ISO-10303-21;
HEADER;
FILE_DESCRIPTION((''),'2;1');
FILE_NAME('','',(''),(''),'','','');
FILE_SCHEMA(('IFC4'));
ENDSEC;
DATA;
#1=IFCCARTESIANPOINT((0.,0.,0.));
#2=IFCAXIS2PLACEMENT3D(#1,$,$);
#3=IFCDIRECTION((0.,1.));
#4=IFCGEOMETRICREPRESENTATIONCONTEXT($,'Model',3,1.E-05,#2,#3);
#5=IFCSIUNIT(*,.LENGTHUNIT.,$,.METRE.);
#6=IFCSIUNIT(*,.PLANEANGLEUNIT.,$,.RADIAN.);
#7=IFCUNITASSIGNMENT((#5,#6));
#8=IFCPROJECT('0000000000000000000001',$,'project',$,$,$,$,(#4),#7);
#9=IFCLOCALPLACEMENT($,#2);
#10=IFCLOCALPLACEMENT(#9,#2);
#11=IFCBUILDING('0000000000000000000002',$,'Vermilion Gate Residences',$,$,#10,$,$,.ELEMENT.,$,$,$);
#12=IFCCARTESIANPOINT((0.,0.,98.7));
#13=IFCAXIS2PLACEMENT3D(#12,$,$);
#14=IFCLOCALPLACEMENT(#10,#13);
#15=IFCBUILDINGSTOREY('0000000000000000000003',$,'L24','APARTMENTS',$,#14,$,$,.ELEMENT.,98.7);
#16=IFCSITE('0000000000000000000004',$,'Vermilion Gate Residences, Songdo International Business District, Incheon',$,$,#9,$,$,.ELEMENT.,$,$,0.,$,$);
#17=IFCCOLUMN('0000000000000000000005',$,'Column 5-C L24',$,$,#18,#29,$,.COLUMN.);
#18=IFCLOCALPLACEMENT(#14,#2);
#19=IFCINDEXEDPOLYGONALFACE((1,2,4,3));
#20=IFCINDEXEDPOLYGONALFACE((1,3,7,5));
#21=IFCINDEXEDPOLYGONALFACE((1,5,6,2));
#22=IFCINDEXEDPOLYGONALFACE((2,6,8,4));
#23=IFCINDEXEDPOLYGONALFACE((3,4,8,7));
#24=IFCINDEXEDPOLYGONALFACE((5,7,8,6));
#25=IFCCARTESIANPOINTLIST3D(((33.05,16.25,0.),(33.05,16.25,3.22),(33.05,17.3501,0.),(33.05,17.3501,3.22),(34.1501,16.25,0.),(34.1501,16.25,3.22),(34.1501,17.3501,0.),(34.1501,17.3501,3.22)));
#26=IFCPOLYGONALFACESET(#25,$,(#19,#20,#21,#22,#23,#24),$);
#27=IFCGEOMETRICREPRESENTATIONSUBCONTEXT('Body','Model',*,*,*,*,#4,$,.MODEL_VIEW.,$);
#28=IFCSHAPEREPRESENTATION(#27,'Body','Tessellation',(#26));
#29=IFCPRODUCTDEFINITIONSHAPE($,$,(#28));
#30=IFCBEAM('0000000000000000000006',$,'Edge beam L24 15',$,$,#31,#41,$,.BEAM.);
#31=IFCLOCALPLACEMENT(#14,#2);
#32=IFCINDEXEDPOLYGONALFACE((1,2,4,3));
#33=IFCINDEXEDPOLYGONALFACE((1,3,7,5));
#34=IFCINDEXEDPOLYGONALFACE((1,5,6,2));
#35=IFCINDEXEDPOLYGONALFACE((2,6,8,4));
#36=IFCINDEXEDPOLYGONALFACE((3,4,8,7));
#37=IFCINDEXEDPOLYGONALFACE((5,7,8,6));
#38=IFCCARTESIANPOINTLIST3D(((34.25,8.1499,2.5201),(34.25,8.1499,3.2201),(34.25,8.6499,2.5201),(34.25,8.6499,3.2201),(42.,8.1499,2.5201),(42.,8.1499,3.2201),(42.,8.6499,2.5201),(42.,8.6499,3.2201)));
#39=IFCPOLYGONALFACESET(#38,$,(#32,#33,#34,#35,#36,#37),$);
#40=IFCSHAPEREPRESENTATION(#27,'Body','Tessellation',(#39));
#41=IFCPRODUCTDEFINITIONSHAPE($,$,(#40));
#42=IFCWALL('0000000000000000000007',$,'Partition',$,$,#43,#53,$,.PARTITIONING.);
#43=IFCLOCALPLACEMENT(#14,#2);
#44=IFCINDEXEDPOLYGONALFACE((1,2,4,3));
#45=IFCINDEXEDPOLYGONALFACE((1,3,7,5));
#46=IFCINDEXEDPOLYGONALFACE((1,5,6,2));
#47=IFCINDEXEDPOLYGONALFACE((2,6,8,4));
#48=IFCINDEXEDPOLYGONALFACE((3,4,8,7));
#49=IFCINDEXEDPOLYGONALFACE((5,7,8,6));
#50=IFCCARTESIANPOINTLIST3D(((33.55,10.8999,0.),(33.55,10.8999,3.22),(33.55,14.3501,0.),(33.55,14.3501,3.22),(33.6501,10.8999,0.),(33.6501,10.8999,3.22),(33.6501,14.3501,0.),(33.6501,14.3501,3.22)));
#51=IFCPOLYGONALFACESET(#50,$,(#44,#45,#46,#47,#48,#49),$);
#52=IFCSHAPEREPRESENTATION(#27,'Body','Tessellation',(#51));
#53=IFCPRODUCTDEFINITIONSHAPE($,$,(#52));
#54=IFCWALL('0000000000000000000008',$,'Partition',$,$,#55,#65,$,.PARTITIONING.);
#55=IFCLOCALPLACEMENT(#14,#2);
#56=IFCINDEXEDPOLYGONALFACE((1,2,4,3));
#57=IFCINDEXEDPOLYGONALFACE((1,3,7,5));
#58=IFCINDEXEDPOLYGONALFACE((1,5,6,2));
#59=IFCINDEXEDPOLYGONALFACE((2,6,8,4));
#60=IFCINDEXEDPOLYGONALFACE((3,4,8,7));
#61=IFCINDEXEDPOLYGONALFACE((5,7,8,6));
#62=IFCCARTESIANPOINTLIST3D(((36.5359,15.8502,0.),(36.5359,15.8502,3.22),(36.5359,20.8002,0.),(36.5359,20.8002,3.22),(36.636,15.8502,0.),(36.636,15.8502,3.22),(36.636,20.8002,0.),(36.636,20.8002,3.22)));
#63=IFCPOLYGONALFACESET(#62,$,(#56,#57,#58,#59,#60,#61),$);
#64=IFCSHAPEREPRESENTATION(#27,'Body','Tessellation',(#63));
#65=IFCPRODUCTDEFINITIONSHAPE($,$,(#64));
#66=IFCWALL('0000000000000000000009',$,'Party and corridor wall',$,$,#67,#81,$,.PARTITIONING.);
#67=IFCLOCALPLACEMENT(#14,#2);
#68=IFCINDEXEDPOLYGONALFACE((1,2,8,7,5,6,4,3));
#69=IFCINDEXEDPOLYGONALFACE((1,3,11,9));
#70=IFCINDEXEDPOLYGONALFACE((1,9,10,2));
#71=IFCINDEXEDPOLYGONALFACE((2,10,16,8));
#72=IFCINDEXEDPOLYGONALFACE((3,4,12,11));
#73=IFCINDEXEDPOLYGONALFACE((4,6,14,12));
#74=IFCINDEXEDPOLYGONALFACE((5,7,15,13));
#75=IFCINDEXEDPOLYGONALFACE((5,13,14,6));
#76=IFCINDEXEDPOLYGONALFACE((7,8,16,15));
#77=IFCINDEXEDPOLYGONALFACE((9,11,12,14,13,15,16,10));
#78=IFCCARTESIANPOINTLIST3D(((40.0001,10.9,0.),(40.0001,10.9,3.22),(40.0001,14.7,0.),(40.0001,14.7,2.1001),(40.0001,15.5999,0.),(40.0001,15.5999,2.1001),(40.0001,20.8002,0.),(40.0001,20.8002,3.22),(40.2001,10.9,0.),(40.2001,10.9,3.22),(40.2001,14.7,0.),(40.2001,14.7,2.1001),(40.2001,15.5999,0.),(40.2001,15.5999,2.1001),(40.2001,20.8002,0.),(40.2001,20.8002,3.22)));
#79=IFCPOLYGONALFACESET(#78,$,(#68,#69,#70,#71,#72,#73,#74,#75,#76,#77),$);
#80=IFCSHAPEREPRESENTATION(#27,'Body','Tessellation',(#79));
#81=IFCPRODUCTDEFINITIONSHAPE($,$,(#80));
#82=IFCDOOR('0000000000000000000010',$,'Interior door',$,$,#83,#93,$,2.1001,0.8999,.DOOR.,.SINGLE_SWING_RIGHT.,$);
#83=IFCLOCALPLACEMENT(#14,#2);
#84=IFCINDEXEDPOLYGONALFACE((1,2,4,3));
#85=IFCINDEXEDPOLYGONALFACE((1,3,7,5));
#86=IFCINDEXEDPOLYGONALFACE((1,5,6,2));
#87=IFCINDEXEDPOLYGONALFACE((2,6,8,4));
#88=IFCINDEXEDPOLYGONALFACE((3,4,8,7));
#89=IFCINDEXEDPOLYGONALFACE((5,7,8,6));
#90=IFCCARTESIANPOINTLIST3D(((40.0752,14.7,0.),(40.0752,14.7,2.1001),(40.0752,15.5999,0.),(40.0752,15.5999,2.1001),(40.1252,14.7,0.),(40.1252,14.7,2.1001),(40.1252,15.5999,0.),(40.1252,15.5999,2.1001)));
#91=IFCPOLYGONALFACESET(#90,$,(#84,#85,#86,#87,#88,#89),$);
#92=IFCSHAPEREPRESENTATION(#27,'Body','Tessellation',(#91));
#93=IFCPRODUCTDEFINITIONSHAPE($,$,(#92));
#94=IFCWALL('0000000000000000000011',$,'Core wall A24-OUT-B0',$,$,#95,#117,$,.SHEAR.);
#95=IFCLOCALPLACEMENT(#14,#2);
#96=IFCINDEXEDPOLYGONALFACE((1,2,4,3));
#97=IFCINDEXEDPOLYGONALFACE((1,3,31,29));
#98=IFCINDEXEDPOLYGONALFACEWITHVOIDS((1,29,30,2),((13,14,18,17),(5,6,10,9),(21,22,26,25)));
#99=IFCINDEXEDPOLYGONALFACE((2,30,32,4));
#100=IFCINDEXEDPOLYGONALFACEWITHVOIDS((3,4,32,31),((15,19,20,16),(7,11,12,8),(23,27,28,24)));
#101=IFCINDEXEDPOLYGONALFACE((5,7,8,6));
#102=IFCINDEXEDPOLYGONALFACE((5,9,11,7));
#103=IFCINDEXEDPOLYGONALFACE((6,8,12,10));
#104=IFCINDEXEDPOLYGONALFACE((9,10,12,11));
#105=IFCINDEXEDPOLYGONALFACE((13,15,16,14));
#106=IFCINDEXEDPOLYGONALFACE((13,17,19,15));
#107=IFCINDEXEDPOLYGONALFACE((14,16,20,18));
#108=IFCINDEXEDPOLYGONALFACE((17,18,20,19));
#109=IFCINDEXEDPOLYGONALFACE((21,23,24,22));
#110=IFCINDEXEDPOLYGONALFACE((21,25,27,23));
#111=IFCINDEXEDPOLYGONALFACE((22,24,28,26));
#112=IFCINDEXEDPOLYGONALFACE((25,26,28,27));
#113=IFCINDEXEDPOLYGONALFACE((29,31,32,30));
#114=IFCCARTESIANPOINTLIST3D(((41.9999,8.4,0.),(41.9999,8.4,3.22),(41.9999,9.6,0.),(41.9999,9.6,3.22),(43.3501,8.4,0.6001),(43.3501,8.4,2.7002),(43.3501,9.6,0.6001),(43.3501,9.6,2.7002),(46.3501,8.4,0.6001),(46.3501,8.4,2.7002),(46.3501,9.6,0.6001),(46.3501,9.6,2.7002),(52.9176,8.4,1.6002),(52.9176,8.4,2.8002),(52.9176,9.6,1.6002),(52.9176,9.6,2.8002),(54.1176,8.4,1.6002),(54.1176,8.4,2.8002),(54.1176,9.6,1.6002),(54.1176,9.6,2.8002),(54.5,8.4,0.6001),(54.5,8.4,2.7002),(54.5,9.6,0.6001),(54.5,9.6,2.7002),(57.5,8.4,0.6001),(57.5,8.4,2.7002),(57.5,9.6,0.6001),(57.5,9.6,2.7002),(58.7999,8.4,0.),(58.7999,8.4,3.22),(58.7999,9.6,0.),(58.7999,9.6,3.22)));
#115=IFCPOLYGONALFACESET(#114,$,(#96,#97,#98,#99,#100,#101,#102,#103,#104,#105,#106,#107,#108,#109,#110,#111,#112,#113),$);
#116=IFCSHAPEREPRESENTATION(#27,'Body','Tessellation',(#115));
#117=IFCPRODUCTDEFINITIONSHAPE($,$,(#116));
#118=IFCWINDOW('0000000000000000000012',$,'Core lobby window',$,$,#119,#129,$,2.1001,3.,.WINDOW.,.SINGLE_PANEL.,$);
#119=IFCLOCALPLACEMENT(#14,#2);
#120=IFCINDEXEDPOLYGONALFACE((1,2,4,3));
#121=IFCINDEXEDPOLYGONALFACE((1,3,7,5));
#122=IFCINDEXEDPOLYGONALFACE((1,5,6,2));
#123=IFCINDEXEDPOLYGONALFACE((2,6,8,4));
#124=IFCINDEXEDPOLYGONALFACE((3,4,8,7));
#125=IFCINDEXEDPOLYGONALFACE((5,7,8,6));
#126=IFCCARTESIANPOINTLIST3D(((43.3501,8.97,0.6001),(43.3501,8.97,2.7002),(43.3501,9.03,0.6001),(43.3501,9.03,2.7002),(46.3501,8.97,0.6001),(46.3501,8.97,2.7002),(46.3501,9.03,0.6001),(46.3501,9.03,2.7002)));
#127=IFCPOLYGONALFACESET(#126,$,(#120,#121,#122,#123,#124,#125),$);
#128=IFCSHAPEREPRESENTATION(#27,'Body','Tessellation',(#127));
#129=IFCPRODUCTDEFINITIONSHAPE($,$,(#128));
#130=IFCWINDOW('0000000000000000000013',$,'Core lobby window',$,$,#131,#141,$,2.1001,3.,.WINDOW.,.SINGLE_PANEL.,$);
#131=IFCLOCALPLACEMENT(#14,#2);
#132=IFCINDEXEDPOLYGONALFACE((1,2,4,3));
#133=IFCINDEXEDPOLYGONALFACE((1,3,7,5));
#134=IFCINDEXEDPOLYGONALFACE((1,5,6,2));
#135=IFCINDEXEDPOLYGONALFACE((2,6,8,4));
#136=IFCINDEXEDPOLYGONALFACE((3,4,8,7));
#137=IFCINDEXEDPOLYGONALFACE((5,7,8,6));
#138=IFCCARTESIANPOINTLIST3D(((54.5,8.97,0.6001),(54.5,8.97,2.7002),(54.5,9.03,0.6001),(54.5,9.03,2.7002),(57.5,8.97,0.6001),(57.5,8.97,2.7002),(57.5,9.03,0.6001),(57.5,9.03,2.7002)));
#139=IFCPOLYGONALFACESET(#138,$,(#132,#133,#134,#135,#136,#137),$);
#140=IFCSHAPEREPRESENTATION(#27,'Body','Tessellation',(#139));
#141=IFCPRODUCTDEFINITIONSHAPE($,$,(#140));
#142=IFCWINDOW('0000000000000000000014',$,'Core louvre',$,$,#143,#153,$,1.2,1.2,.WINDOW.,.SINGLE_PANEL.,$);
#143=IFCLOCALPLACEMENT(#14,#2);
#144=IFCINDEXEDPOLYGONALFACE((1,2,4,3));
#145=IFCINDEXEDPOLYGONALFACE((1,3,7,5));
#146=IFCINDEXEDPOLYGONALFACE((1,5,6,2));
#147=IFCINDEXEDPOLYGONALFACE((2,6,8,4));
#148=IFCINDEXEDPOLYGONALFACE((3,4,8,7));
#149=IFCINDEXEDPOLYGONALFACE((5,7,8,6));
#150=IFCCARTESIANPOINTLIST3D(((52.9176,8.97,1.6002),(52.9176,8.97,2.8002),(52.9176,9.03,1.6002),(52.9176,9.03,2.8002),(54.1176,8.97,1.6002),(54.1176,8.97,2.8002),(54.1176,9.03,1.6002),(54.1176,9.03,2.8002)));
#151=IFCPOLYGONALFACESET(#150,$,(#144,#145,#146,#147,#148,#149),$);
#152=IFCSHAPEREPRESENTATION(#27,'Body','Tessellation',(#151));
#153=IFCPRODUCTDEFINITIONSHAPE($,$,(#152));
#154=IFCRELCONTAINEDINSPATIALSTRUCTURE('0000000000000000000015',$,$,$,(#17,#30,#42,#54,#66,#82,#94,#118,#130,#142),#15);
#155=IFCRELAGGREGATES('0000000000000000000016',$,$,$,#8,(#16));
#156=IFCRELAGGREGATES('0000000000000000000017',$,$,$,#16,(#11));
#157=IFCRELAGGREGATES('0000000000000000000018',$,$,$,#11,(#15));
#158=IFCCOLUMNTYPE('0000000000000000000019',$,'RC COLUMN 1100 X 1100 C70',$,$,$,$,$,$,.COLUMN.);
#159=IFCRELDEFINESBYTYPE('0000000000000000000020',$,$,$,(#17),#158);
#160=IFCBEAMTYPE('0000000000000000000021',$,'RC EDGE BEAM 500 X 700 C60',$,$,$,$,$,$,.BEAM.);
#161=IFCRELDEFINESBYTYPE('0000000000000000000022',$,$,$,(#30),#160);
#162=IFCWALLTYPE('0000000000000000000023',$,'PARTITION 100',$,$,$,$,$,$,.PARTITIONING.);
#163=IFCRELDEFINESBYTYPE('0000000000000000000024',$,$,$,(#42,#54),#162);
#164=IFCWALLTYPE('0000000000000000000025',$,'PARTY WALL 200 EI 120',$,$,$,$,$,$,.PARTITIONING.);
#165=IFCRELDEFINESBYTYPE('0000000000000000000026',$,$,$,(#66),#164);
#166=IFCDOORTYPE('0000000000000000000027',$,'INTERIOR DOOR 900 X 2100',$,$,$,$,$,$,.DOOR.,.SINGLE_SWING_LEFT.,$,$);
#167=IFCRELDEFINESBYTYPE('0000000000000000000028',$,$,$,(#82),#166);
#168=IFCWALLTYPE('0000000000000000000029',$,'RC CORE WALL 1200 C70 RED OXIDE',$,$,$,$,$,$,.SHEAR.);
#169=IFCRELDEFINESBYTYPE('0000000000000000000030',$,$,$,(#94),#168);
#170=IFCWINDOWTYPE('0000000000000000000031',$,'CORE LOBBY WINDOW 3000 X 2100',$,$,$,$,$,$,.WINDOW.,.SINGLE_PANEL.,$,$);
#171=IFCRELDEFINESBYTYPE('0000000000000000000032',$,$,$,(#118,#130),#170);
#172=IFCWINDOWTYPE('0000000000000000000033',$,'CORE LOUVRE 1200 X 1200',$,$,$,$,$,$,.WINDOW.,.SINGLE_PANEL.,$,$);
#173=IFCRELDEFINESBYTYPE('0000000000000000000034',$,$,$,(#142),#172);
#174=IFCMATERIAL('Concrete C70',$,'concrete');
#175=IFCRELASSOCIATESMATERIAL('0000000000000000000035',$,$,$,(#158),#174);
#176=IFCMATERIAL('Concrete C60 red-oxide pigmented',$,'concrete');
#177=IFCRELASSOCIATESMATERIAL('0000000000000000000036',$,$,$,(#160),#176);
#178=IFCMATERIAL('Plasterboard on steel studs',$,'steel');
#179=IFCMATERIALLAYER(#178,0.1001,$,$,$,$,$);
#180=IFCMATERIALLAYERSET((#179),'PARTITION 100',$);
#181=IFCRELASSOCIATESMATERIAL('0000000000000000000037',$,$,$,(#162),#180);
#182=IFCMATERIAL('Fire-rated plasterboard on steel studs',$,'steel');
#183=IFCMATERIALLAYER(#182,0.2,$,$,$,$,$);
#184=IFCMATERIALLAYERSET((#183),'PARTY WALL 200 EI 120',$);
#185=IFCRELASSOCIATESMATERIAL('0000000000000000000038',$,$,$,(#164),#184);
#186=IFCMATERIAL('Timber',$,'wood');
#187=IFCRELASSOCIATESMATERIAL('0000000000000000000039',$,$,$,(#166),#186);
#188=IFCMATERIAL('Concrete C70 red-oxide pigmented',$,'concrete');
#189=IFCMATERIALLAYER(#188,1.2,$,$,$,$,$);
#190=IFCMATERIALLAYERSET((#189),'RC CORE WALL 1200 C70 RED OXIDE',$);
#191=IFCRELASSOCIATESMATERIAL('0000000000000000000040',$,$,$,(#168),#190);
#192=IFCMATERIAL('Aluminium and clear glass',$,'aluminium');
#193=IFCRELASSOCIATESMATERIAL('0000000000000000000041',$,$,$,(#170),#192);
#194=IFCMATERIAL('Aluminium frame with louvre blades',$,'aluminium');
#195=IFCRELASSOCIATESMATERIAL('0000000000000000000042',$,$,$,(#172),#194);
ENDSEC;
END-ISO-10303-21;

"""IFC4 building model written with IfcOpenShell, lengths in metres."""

from ifc_helpers import new_model, si_unit, direction, frame, frame_2d, origin, origin_2d, place, context, subcontext, project, spatial, rectangle, extrude, material, layer, layer_set, material_profile, profile_set, type_object, element, fill, save


model = new_model("IFC4")

# Units and contexts
model_context = context("Model", 3, precision=1e-05, world=origin(), true_north=direction((0.0, 1.0)))
body_context = subcontext(model_context, "Body", "Model", "MODEL_VIEW")
ifc_project = project(units=[si_unit("LENGTHUNIT", "METRE"), si_unit("PLANEANGLEUNIT", "RADIAN")], contexts=[model_context])

# Site, building, storey
site_placement = place(None, origin())
site = spatial("IfcSite", under=ifc_project, at=site_placement, Name="Vermilion Gate Residences, Songdo International Business District, Incheon", CompositionType="ELEMENT", RefElevation=0.0)
building_placement = place(site_placement, origin())
building = spatial("IfcBuilding", under=site, at=building_placement, Name="Vermilion Gate Residences", CompositionType="ELEMENT")
storey_placement = place(building_placement, frame((0.0, 0.0, 98.7)))
storey = spatial("IfcBuildingStorey", under=building, at=storey_placement, Name="L24", Description="APARTMENTS", CompositionType="ELEMENT", Elevation=98.7)

# Column
ifc_material_1 = material(Name="Concrete C70", Category="concrete")
ifc_material_profile_1 = material_profile(ifc_material_1, rectangle(XDim=1.1001, YDim=1.1001, at=origin_2d()), Name="RC-1100x1100")
ifc_profile_set_1 = profile_set([ifc_material_profile_1], Name="Concrete C70")
column_type = type_object("IfcColumnType", Name="RC COLUMN 1100 X 1100 C70", PredefinedType="COLUMN", material=ifc_profile_set_1)
column_placement = place(storey_placement, frame((33.6001, 16.8, 0.0), z_axis=(0.0, 0.0, 1.0), x_axis=(1.0, 0.0, 0.0)))
element("IfcColumn", 1, at=column_placement, inside=storey, type_object=column_type, Name="Column 5-C L24", PredefinedType="COLUMN", context=body_context, shape_type="SweptSolid", body=[
    extrude(rectangle(XDim=1.1001, YDim=1.1001, at=origin_2d()), origin(), (0.0, 0.0, 1.0), 3.22),
])

# Beam
ifc_material_2 = material(Name="Concrete C60 red-oxide pigmented", Category="concrete")
ifc_material_profile_2 = material_profile(ifc_material_2, rectangle(XDim=0.5, YDim=0.7, at=origin_2d()), Name="RC-500x700")
ifc_profile_set_2 = profile_set([ifc_material_profile_2], Name="Concrete C60 red-oxide pigmented")
beam_type = type_object("IfcBeamType", Name="RC EDGE BEAM 500 X 700 C60", PredefinedType="BEAM", material=ifc_profile_set_2)
beam_placement = place(storey_placement, frame((34.25, 8.3999, 2.8701), z_axis=(1.0, 0.0, 0.0), x_axis=(0.0, 1.0, 0.0)))
element("IfcBeam", 2, at=beam_placement, inside=storey, type_object=beam_type, Name="Edge beam L24 15", PredefinedType="BEAM", context=body_context, shape_type="SweptSolid", body=[
    extrude(rectangle(XDim=0.5, YDim=0.7, at=origin_2d()), origin(), (0.0, 0.0, 1.0), 7.75),
])

# Walls
ifc_material_3 = material(Name="Plasterboard on steel studs", Category="steel")
ifc_layer_1 = layer(ifc_material_3, 0.1001)
ifc_layer_set_1 = layer_set([ifc_layer_1], Name="PARTITION 100")
wall_type_1 = type_object("IfcWallType", Name="PARTITION 100", PredefinedType="PARTITIONING", material=ifc_layer_set_1)
wall_1_placement = place(storey_placement, frame((33.6001, 10.8999, 0.0), z_axis=(0.0, 0.0, 1.0), x_axis=(0.0, 1.0, 0.0)))
element("IfcWall", 3, at=wall_1_placement, inside=storey, type_object=wall_type_1, Name="Partition", PredefinedType="PARTITIONING", context=body_context, shape_type="SweptSolid", body=[
    extrude(rectangle(XDim=3.4502, YDim=0.1001, at=frame_2d((1.7251, 0.0))), origin(), (0.0, 0.0, 1.0), 3.22),
])
wall_2_placement = place(storey_placement, frame((36.5859, 15.8501, 0.0), z_axis=(0.0, 0.0, 1.0), x_axis=(0.0, 1.0, 0.0)))
element("IfcWall", 4, at=wall_2_placement, inside=storey, type_object=wall_type_1, Name="Partition", PredefinedType="PARTITIONING", context=body_context, shape_type="SweptSolid", body=[
    extrude(rectangle(XDim=4.95, YDim=0.1001, at=frame_2d((2.4751, 0.0))), origin(), (0.0, 0.0, 1.0), 3.22),
])

# Wall, opening, door
ifc_material_4 = material(Name="Fire-rated plasterboard on steel studs", Category="steel")
ifc_layer_2 = layer(ifc_material_4, 0.2)
ifc_layer_set_2 = layer_set([ifc_layer_2], Name="PARTY WALL 200 EI 120")
wall_type_2 = type_object("IfcWallType", Name="PARTY WALL 200 EI 120", PredefinedType="PARTITIONING", material=ifc_layer_set_2)
wall_3_placement = place(storey_placement, frame((40.1001, 10.8999, 0.0), z_axis=(0.0, 0.0, 1.0), x_axis=(0.0, 1.0, 0.0)))
wall_3 = element("IfcWall", 5, at=wall_3_placement, inside=storey, type_object=wall_type_2, Name="Party and corridor wall", PredefinedType="PARTITIONING", context=body_context, shape_type="SweptSolid", body=[
    extrude(rectangle(XDim=9.9001, YDim=0.2, at=frame_2d((4.9502, 0.0))), origin(), (0.0, 0.0, 1.0), 3.22),
])
opening_1_placement = place(wall_3_placement, frame((3.8, 0.0, 0.0)))
opening_1 = element("IfcOpeningElement", 6, at=opening_1_placement, cuts=wall_3, PredefinedType="OPENING", context=body_context, shape_type="SweptSolid", body=[
    extrude(rectangle(XDim=0.8999, YDim=2.1001, at=frame_2d((0.45, 1.05))), frame((0.0, 0.1099, 0.0), z_axis=(0.0, -1.0, 0.0), x_axis=(1.0, 0.0, 0.0)), (0.0, 0.0, 1.0), 0.22),
])
ifc_material_5 = material(Name="Timber", Category="wood")
door_type = type_object("IfcDoorType", Name="INTERIOR DOOR 900 X 2100", OperationType="SINGLE_SWING_LEFT", PredefinedType="DOOR", material=ifc_material_5)
door_placement = place(opening_1_placement, origin())
door = element("IfcDoor", 7, at=door_placement, inside=storey, type_object=door_type, Name="Interior door", OperationType="SINGLE_SWING_RIGHT", OverallHeight=2.1001, OverallWidth=0.8999, PredefinedType="DOOR", context=body_context, shape_type="SweptSolid", body=[
    extrude(rectangle(XDim=0.8999, YDim=2.1001, at=frame_2d((0.45, 1.05))), frame((0.0, 0.0249, 0.0), z_axis=(0.0, -1.0, 0.0), x_axis=(1.0, 0.0, 0.0)), (0.0, 0.0, 1.0), 0.05),
])
fill(opening_1, door)

# Wall, openings, windows
ifc_material_6 = material(Name="Concrete C70 red-oxide pigmented", Category="concrete")
ifc_layer_3 = layer(ifc_material_6, 1.2)
ifc_layer_set_3 = layer_set([ifc_layer_3], Name="RC CORE WALL 1200 C70 RED OXIDE")
wall_type_3 = type_object("IfcWallType", Name="RC CORE WALL 1200 C70 RED OXIDE", PredefinedType="SHEAR", material=ifc_layer_set_3)
wall_4_placement = place(storey_placement, frame((42.0, 9.0, 0.0), z_axis=(0.0, 0.0, 1.0), x_axis=(1.0, 0.0, 0.0)))
wall_4 = element("IfcWall", 8, at=wall_4_placement, inside=storey, type_object=wall_type_3, Name="Core wall A24-OUT-B0", PredefinedType="SHEAR", context=body_context, shape_type="SweptSolid", body=[
    extrude(rectangle(XDim=16.8, YDim=1.2, at=frame_2d((8.3999, 0.0))), origin(), (0.0, 0.0, 1.0), 3.22),
])
opening_2_placement = place(wall_4_placement, frame((1.3501, 0.0, 0.6001)))
opening_2 = element("IfcOpeningElement", 9, at=opening_2_placement, cuts=wall_4, PredefinedType="OPENING", context=body_context, shape_type="SweptSolid", body=[
    extrude(rectangle(XDim=3.0, YDim=2.1001, at=frame_2d((1.5, 1.05))), frame((0.0, 0.6099, 0.0), z_axis=(0.0, -1.0, 0.0), x_axis=(1.0, 0.0, 0.0)), (0.0, 0.0, 1.0), 1.22),
])
opening_3_placement = place(wall_4_placement, frame((10.9175, 0.0, 1.6001)))
opening_3 = element("IfcOpeningElement", 10, at=opening_3_placement, cuts=wall_4, PredefinedType="OPENING", context=body_context, shape_type="SweptSolid", body=[
    extrude(rectangle(XDim=1.2, YDim=1.2, at=frame_2d((0.6001, 0.6001))), frame((0.0, 0.6099, 0.0), z_axis=(0.0, -1.0, 0.0), x_axis=(1.0, 0.0, 0.0)), (0.0, 0.0, 1.0), 1.22),
])
opening_4_placement = place(wall_4_placement, frame((12.5, 0.0, 0.6001)))
opening_4 = element("IfcOpeningElement", 11, at=opening_4_placement, cuts=wall_4, PredefinedType="OPENING", context=body_context, shape_type="SweptSolid", body=[
    extrude(rectangle(XDim=3.0, YDim=2.1001, at=frame_2d((1.5, 1.05))), frame((0.0, 0.6099, 0.0), z_axis=(0.0, -1.0, 0.0), x_axis=(1.0, 0.0, 0.0)), (0.0, 0.0, 1.0), 1.22),
])
ifc_material_7 = material(Name="Aluminium and clear glass", Category="aluminium")
window_type_1 = type_object("IfcWindowType", Name="CORE LOBBY WINDOW 3000 X 2100", PartitioningType="SINGLE_PANEL", PredefinedType="WINDOW", material=ifc_material_7)
window_1_placement = place(opening_2_placement, origin())
window_1 = element("IfcWindow", 12, at=window_1_placement, inside=storey, type_object=window_type_1, Name="Core lobby window", OverallHeight=2.1001, OverallWidth=3.0, PartitioningType="SINGLE_PANEL", PredefinedType="WINDOW", context=body_context, shape_type="SweptSolid", body=[
    extrude(rectangle(XDim=3.0, YDim=2.1001, at=frame_2d((1.5, 1.05))), frame((0.0, 0.03, 0.0), z_axis=(0.0, -1.0, 0.0), x_axis=(1.0, 0.0, 0.0)), (0.0, 0.0, 1.0), 0.0601),
])
fill(opening_2, window_1)
window_2_placement = place(opening_4_placement, origin())
window_2 = element("IfcWindow", 13, at=window_2_placement, inside=storey, type_object=window_type_1, Name="Core lobby window", OverallHeight=2.1001, OverallWidth=3.0, PartitioningType="SINGLE_PANEL", PredefinedType="WINDOW", context=body_context, shape_type="SweptSolid", body=[
    extrude(rectangle(XDim=3.0, YDim=2.1001, at=frame_2d((1.5, 1.05))), frame((0.0, 0.03, 0.0), z_axis=(0.0, -1.0, 0.0), x_axis=(1.0, 0.0, 0.0)), (0.0, 0.0, 1.0), 0.0601),
])
fill(opening_4, window_2)
ifc_material_8 = material(Name="Aluminium frame with louvre blades", Category="aluminium")
window_type_2 = type_object("IfcWindowType", Name="CORE LOUVRE 1200 X 1200", PartitioningType="SINGLE_PANEL", PredefinedType="WINDOW", material=ifc_material_8)
window_3_placement = place(opening_3_placement, origin())
window_3 = element("IfcWindow", 14, at=window_3_placement, inside=storey, type_object=window_type_2, Name="Core louvre", OverallHeight=1.2, OverallWidth=1.2, PartitioningType="SINGLE_PANEL", PredefinedType="WINDOW", context=body_context, shape_type="SweptSolid", body=[
    extrude(rectangle(XDim=1.2, YDim=1.2, at=frame_2d((0.6001, 0.6001))), frame((0.0, 0.03, 0.0), z_axis=(0.0, -1.0, 0.0), x_axis=(1.0, 0.0, 0.0)), (0.0, 0.0, 1.0), 0.0601),
])
fill(opening_3, window_3)

save(model, "model.ifc")
